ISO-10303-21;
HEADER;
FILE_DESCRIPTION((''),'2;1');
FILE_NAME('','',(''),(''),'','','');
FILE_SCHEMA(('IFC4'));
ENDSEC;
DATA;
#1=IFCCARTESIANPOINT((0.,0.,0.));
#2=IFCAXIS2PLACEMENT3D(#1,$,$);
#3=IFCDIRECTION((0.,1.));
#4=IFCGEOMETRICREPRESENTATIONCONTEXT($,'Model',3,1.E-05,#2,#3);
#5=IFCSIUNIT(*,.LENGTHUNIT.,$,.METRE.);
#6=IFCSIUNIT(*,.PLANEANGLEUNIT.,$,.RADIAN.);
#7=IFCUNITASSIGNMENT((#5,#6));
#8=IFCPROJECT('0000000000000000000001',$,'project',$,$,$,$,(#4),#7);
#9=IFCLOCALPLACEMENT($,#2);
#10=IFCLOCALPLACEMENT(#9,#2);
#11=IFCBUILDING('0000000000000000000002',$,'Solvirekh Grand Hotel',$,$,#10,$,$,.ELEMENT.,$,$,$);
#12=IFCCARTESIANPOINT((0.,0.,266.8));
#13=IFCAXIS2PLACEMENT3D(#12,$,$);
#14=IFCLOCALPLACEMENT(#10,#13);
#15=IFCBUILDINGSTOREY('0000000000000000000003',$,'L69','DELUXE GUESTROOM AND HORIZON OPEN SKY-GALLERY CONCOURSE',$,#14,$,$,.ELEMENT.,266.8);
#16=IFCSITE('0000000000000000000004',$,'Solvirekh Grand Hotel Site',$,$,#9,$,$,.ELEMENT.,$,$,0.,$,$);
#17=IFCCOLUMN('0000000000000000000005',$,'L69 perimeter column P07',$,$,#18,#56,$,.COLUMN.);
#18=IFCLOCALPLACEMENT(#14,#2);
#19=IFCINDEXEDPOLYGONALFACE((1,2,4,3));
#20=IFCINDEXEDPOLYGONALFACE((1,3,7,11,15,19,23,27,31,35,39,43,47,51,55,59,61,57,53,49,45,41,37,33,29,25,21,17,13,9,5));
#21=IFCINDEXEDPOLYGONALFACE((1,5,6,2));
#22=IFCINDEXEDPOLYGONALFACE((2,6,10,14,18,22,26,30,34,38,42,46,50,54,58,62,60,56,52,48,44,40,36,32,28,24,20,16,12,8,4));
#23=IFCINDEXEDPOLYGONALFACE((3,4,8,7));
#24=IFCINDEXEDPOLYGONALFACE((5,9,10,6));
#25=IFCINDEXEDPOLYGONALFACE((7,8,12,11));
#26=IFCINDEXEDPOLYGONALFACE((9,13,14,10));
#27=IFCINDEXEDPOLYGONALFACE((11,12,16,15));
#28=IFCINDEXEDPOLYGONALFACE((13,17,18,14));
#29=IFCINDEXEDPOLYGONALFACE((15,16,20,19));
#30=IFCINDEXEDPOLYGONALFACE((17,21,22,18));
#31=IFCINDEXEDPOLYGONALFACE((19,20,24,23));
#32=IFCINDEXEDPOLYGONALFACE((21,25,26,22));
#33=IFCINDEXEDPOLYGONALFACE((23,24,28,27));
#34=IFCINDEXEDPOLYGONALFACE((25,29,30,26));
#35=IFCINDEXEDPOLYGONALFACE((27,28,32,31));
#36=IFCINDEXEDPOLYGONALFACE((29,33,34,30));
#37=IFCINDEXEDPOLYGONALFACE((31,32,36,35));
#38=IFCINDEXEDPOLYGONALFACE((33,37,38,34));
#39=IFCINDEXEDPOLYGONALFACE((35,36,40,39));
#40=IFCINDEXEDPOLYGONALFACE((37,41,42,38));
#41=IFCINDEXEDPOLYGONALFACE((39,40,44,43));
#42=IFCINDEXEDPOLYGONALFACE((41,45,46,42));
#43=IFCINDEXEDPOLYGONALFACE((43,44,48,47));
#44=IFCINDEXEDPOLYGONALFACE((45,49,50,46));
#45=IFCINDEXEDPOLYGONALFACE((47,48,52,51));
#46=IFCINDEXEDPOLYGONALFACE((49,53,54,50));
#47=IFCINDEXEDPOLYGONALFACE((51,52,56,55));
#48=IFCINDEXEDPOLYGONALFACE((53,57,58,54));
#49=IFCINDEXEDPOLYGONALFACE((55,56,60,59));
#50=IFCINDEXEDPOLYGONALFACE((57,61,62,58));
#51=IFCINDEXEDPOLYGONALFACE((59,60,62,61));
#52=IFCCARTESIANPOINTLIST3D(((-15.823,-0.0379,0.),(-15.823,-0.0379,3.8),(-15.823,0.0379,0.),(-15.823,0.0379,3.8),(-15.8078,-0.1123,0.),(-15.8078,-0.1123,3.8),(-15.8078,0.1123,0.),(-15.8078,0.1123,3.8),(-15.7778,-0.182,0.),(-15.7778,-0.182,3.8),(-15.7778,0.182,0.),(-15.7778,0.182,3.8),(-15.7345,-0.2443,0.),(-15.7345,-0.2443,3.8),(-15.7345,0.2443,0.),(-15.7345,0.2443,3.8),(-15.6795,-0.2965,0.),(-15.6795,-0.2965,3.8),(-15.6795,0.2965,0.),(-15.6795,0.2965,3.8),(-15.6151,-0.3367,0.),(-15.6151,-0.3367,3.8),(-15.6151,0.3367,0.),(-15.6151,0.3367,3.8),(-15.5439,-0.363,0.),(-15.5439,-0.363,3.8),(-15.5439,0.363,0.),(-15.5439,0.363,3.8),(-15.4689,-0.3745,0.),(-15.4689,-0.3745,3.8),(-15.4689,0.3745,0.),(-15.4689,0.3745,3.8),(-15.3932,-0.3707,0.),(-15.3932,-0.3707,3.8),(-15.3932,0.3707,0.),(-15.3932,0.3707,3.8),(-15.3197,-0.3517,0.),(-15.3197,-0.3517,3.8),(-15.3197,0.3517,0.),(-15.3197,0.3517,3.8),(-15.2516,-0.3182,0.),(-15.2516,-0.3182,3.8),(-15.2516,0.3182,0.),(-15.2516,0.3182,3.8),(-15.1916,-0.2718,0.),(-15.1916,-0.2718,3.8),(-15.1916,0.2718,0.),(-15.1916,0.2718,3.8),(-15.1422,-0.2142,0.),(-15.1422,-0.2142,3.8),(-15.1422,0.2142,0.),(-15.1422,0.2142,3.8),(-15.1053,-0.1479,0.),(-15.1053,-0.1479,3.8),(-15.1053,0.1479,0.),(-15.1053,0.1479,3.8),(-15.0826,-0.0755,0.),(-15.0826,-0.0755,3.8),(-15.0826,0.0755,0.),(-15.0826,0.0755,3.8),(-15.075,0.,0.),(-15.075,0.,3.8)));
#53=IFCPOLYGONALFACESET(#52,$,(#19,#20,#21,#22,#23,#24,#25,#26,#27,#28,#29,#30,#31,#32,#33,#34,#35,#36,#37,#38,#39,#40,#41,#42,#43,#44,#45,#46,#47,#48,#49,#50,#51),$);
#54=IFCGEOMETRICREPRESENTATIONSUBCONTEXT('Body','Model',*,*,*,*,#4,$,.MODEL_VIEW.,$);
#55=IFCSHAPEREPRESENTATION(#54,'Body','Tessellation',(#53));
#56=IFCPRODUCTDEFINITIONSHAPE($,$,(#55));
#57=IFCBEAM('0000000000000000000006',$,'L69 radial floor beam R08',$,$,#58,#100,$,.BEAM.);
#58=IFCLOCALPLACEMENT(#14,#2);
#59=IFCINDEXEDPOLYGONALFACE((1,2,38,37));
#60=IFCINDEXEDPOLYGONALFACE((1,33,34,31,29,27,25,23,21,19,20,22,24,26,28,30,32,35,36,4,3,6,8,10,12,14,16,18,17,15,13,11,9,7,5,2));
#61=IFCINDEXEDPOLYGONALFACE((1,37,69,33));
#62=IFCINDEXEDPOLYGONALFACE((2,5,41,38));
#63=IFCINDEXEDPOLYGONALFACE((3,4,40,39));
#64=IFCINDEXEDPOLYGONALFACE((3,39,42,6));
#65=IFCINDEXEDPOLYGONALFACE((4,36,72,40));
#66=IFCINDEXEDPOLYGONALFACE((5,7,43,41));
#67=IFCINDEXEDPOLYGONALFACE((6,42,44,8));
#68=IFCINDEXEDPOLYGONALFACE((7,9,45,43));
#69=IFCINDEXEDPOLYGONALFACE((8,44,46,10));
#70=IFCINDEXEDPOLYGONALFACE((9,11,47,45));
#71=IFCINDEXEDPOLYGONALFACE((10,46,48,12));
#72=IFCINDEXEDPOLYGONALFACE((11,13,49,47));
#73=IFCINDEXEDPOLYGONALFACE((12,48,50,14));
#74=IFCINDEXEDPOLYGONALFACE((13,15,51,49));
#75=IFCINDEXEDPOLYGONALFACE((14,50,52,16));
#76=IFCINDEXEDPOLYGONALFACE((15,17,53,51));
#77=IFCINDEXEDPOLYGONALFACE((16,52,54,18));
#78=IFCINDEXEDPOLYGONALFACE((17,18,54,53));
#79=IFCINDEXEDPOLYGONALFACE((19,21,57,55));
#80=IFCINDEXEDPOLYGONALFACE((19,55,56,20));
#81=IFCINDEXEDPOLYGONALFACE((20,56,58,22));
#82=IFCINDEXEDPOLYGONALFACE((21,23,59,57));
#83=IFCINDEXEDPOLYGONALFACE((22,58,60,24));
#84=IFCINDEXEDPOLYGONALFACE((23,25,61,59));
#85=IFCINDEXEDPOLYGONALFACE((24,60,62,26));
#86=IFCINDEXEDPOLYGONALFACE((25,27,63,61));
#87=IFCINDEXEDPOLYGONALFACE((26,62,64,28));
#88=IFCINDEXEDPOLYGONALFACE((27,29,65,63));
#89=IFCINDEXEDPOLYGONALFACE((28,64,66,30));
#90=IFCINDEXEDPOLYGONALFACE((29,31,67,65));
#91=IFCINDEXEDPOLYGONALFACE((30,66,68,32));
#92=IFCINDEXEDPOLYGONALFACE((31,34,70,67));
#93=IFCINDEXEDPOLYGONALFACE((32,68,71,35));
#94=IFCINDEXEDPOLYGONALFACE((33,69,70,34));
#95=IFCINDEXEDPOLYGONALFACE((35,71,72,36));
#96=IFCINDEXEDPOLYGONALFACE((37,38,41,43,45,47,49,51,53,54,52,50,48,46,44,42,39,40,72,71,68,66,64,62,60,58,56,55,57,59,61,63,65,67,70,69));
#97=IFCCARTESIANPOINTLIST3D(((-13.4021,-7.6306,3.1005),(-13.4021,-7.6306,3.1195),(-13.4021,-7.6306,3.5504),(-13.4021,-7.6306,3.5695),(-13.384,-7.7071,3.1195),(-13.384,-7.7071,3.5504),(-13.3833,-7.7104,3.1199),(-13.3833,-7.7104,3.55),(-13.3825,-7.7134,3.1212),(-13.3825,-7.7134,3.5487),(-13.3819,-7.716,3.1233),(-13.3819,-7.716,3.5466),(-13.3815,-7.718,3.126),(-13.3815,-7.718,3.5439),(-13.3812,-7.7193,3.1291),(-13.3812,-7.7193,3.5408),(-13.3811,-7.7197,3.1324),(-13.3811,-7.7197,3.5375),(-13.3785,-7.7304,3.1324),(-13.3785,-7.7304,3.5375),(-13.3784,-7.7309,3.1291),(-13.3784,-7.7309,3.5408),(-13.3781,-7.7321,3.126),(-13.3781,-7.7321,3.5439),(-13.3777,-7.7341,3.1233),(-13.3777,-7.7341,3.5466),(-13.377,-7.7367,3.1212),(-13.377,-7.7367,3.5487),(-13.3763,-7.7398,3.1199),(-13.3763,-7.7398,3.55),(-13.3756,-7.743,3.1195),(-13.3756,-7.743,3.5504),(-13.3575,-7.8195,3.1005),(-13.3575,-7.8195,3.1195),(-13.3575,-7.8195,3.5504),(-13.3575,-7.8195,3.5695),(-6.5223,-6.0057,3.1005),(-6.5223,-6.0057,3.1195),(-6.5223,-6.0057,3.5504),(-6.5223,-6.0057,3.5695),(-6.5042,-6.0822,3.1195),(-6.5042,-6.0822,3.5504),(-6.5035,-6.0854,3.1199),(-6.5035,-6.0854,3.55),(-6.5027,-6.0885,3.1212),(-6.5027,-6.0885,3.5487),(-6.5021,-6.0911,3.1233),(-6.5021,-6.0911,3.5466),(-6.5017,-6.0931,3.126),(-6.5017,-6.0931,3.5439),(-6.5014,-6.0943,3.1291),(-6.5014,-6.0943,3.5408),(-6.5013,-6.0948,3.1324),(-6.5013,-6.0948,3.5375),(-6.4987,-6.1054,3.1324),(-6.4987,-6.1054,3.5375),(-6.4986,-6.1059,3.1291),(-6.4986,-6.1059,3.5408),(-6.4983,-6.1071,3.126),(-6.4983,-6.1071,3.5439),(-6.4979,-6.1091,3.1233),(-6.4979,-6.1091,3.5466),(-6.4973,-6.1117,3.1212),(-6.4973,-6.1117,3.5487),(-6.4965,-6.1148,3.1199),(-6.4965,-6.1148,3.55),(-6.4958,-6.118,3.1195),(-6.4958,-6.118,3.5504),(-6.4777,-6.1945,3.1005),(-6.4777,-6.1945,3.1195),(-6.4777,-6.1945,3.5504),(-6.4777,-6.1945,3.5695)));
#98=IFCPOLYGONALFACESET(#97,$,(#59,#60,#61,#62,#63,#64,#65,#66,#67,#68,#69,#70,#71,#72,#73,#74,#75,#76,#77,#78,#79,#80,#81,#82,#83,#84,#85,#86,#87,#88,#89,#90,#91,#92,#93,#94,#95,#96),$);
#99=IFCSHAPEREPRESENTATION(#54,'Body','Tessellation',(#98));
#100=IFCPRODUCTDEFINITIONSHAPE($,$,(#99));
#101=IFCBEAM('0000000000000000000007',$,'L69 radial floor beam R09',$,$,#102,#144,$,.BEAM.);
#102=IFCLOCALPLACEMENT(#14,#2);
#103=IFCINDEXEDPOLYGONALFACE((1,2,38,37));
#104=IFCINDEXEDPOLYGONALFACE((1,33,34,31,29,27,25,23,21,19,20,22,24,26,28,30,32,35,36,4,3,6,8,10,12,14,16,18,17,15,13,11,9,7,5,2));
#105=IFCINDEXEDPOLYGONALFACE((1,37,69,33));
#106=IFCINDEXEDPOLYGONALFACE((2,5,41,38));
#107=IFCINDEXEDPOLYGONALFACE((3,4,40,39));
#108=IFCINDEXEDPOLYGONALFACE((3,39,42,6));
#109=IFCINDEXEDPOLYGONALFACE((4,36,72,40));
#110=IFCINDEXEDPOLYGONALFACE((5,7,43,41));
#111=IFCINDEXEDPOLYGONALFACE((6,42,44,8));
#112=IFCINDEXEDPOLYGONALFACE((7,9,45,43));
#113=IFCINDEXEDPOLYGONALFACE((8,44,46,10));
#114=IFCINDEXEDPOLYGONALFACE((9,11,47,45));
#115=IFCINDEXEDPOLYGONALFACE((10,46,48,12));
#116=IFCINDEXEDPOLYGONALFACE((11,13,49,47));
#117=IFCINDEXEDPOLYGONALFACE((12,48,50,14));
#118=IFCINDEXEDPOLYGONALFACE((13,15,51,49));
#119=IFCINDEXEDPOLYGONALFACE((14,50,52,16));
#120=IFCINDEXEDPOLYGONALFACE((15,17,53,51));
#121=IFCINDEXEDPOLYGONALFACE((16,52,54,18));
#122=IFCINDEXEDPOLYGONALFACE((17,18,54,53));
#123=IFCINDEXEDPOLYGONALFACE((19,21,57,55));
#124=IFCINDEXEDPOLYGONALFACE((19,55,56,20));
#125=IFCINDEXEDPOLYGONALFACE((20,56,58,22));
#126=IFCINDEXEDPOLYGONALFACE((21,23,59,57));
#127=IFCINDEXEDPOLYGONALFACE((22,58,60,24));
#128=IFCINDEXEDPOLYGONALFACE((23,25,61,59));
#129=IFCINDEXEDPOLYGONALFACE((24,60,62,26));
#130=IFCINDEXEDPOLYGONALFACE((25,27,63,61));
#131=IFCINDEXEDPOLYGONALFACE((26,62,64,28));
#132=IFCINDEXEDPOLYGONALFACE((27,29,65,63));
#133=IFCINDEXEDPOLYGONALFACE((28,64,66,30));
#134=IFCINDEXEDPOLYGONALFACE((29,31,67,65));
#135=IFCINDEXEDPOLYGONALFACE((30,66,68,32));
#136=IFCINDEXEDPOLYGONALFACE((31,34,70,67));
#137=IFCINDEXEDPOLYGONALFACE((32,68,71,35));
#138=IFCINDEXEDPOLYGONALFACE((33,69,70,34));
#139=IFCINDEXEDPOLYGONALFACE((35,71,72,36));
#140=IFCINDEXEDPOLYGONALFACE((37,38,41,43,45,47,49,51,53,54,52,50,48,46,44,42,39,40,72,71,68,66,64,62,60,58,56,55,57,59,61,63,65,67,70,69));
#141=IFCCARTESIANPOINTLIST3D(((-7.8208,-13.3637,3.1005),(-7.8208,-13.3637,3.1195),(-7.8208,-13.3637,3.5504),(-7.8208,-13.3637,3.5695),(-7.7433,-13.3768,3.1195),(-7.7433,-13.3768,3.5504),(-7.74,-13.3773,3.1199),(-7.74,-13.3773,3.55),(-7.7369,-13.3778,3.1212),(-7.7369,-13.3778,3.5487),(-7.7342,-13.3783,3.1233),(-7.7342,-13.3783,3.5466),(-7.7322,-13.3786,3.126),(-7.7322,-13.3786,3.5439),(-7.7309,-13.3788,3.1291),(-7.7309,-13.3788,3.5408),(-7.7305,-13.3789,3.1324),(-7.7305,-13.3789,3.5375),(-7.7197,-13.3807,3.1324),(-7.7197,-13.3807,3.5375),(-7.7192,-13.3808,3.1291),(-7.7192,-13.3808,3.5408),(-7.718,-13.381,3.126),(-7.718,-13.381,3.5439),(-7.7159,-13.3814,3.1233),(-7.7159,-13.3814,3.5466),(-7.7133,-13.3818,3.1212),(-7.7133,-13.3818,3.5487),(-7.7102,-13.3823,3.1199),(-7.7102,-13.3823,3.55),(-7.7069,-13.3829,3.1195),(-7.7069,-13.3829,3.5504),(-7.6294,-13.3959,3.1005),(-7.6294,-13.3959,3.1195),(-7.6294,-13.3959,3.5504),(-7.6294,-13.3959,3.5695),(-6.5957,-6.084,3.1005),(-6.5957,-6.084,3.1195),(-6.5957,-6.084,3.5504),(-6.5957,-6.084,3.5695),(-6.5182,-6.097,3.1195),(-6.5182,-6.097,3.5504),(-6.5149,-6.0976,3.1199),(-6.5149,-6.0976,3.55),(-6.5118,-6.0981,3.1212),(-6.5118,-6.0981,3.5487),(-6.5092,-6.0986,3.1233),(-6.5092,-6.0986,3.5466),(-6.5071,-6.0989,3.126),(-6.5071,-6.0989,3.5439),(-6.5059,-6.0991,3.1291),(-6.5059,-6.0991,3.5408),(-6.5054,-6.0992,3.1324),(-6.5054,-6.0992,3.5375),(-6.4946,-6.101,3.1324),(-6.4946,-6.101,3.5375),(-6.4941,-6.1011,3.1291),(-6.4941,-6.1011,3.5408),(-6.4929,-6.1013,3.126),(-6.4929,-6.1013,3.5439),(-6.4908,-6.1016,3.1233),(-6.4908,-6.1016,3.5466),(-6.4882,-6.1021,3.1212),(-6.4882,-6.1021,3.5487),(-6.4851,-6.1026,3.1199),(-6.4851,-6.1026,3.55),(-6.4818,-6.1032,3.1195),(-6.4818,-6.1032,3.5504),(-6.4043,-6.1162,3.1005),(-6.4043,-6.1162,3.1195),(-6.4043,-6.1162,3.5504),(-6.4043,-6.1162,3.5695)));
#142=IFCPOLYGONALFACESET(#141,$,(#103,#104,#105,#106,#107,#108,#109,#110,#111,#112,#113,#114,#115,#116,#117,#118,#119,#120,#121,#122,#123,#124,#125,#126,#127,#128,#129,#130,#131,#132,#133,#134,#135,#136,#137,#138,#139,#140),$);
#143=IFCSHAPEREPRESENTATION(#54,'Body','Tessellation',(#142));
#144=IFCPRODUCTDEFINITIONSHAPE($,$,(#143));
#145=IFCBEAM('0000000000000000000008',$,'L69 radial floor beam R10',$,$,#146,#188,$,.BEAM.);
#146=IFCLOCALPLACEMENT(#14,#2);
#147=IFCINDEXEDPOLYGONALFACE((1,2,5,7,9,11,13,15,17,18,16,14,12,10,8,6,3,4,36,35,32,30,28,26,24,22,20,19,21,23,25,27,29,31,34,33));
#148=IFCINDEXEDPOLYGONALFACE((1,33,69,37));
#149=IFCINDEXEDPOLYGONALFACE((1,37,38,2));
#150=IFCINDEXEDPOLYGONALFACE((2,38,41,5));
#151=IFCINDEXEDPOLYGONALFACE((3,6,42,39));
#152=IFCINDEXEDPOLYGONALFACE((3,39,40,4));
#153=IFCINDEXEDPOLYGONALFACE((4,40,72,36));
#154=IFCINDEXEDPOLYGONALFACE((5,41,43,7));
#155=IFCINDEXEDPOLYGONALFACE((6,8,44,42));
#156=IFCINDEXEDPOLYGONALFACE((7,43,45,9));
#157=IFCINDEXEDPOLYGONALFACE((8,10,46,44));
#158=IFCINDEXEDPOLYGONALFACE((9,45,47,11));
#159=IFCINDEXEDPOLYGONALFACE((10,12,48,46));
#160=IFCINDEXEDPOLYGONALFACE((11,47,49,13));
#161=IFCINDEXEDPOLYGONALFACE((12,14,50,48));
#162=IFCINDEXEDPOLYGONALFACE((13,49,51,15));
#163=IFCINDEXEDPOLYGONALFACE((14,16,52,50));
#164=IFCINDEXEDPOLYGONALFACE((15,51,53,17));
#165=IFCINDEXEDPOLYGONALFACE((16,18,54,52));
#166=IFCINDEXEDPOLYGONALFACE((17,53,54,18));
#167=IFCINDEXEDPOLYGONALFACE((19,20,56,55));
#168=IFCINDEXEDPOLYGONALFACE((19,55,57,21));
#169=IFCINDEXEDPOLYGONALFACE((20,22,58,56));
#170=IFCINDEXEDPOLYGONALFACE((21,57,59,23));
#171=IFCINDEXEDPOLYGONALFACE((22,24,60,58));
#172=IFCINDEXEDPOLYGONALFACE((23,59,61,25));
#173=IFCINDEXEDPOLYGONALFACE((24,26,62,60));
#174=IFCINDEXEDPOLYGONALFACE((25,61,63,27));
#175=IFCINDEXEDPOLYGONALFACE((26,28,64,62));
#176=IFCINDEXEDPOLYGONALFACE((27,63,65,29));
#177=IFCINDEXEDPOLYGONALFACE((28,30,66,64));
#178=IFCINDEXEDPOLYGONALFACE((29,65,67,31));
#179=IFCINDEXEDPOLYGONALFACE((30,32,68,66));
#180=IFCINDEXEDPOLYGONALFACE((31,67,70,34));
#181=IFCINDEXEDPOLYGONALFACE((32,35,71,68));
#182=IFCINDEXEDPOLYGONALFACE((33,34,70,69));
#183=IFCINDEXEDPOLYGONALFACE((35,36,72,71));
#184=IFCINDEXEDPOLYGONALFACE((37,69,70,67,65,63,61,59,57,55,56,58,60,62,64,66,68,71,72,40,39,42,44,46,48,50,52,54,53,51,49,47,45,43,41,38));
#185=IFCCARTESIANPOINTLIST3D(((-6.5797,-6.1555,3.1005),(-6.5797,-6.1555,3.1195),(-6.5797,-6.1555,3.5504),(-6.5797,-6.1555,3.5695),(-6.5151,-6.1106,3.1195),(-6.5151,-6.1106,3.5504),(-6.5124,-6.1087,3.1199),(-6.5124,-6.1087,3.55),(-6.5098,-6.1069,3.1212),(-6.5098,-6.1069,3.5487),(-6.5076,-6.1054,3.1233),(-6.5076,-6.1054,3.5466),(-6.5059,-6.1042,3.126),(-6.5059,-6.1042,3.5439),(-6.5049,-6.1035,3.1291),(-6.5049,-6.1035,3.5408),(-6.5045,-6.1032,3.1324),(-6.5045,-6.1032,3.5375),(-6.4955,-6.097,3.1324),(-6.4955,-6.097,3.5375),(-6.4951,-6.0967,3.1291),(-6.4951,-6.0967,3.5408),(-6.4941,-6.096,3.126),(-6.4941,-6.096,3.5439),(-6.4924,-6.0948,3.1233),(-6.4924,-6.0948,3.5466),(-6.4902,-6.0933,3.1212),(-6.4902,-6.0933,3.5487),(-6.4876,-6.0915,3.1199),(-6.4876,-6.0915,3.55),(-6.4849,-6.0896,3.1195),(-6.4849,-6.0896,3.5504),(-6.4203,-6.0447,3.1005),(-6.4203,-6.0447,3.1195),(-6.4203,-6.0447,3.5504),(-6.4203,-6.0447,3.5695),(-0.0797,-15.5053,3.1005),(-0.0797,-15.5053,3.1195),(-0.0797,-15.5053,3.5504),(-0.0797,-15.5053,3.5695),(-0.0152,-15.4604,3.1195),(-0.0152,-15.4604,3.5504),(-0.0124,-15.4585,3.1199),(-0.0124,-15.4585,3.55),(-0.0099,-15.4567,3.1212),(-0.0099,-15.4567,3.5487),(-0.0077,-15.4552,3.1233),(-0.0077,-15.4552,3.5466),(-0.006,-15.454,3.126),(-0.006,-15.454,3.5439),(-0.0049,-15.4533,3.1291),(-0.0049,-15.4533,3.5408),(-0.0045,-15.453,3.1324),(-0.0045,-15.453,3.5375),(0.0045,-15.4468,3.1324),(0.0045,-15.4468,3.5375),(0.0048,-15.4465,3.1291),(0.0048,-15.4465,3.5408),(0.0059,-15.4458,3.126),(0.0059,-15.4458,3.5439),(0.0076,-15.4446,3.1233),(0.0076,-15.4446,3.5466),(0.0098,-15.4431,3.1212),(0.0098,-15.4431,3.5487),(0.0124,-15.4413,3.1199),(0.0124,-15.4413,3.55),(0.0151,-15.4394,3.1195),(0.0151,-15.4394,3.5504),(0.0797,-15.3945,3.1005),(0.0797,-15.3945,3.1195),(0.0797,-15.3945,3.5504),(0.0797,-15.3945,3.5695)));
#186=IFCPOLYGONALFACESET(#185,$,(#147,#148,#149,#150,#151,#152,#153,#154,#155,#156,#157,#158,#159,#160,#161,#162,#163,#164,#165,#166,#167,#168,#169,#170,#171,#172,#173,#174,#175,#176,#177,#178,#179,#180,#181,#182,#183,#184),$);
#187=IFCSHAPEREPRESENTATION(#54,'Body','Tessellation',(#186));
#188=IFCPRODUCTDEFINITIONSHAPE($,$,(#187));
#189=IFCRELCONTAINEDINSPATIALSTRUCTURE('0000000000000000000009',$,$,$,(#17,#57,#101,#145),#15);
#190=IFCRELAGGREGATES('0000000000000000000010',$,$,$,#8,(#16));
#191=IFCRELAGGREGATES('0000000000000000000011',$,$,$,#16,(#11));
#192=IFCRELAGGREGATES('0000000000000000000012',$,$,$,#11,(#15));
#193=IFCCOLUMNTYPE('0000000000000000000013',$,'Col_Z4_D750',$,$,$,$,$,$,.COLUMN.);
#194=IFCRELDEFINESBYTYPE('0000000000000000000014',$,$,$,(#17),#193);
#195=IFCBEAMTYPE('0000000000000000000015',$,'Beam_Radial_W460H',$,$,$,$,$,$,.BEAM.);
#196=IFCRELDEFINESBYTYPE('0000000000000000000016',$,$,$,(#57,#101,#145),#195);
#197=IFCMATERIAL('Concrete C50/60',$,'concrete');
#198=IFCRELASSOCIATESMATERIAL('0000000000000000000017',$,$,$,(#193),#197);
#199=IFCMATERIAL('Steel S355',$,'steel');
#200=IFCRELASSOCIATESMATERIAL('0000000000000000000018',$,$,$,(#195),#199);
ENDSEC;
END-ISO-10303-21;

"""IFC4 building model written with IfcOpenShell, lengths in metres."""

from ifc_helpers import new_model, si_unit, direction, frame, origin, origin_2d, place, context, subcontext, project, spatial, circle, i_section, extrude, material, material_profile, profile_set, type_object, element, save


model = new_model("IFC4")

# Units and contexts
model_context = context("Model", 3, precision=1e-05, world=origin(), true_north=direction((0.0, 1.0)))
body_context = subcontext(model_context, "Body", "Model", "MODEL_VIEW")
ifc_project = project(units=[si_unit("LENGTHUNIT", "METRE"), si_unit("PLANEANGLEUNIT", "RADIAN")], contexts=[model_context])

# Site, building, storey
site_placement = place(None, origin())
site = spatial("IfcSite", under=ifc_project, at=site_placement, Name="Solvirekh Grand Hotel Site", CompositionType="ELEMENT", RefElevation=0.0)
building_placement = place(site_placement, origin())
building = spatial("IfcBuilding", under=site, at=building_placement, Name="Solvirekh Grand Hotel", CompositionType="ELEMENT")
storey_placement = place(building_placement, frame((0.0, 0.0, 266.8)))
storey = spatial("IfcBuildingStorey", under=building, at=storey_placement, Name="L69", Description="DELUXE GUESTROOM AND HORIZON OPEN SKY-GALLERY CONCOURSE", CompositionType="ELEMENT", Elevation=266.8)

# Column
ifc_material_1 = material(Name="Concrete C50/60", Category="concrete")
ifc_material_profile_1 = material_profile(ifc_material_1, circle(Radius=0.375, at=origin_2d()), Name="RC CIRC D750")
ifc_profile_set_1 = profile_set([ifc_material_profile_1], Name="Concrete C50/60")
column_type = type_object("IfcColumnType", Name="Col_Z4_D750", PredefinedType="COLUMN", material=ifc_profile_set_1)
column_placement = place(storey_placement, frame((-15.45, 0.0, 0.0), z_axis=(0.0, 0.0, 1.0), x_axis=(1.0, 0.0, 0.0)))
element("IfcColumn", 1, at=column_placement, inside=storey, type_object=column_type, Name="L69 perimeter column P07", PredefinedType="COLUMN", context=body_context, shape_type="SweptSolid", body=[
    extrude(circle(Radius=0.375, at=origin_2d()), origin(), (0.0, 0.0, 1.0), 3.8),
])

# Beams
ifc_material_2 = material(Name="Steel S355", Category="steel")
ifc_material_profile_2 = material_profile(ifc_material_2, i_section(OverallWidth=0.1941, OverallDepth=0.469, WebThickness=0.011, FlangeThickness=0.019, FilletRadius=0.0129, at=origin_2d()), Name="W460X106")
ifc_profile_set_2 = profile_set([ifc_material_profile_2], Name="Steel S355")
beam_type_1 = type_object("IfcBeamType", Name="Beam_Radial_W460H", PredefinedType="BEAM", material=ifc_profile_set_2)
beam_1_placement = place(storey_placement, frame((-6.5, -6.1001, 3.335), z_axis=(-0.973221, -0.229871, 0.0), x_axis=(0.229871, -0.973221, 0.0)))
element("IfcBeam", 2, at=beam_1_placement, inside=storey, type_object=beam_type_1, Name="L69 radial floor beam R08", PredefinedType="BEAM", context=body_context, shape_type="SweptSolid", body=[
    extrude(i_section(OverallWidth=0.1941, OverallDepth=0.469, WebThickness=0.011, FlangeThickness=0.019, FilletRadius=0.0129, at=origin_2d()), origin(), (0.0, 0.0, 1.0), 7.0691),
])
beam_2_placement = place(storey_placement, frame((-6.5, -6.1001, 3.335), z_axis=(-0.165954, -0.986133, 0.0), x_axis=(0.986133, -0.165954, 0.0)))
element("IfcBeam", 3, at=beam_2_placement, inside=storey, type_object=beam_type_1, Name="L69 radial floor beam R09", PredefinedType="BEAM", context=body_context, shape_type="SweptSolid", body=[
    extrude(i_section(OverallWidth=0.1941, OverallDepth=0.469, WebThickness=0.011, FlangeThickness=0.019, FilletRadius=0.0129, at=origin_2d()), origin(), (0.0, 0.0, 1.0), 7.3821),
])
beam_3_placement = place(storey_placement, frame((-6.5, -6.1001, 3.335), z_axis=(0.570813, -0.82108, 0.0), x_axis=(0.82108, 0.570813, 0.0)))
element("IfcBeam", 4, at=beam_3_placement, inside=storey, type_object=beam_type_1, Name="L69 radial floor beam R10", PredefinedType="BEAM", context=body_context, shape_type="SweptSolid", body=[
    extrude(i_section(OverallWidth=0.1941, OverallDepth=0.469, WebThickness=0.011, FlangeThickness=0.019, FilletRadius=0.0129, at=origin_2d()), origin(), (0.0, 0.0, 1.0), 11.3872),
])

save(model, "model.ifc")
